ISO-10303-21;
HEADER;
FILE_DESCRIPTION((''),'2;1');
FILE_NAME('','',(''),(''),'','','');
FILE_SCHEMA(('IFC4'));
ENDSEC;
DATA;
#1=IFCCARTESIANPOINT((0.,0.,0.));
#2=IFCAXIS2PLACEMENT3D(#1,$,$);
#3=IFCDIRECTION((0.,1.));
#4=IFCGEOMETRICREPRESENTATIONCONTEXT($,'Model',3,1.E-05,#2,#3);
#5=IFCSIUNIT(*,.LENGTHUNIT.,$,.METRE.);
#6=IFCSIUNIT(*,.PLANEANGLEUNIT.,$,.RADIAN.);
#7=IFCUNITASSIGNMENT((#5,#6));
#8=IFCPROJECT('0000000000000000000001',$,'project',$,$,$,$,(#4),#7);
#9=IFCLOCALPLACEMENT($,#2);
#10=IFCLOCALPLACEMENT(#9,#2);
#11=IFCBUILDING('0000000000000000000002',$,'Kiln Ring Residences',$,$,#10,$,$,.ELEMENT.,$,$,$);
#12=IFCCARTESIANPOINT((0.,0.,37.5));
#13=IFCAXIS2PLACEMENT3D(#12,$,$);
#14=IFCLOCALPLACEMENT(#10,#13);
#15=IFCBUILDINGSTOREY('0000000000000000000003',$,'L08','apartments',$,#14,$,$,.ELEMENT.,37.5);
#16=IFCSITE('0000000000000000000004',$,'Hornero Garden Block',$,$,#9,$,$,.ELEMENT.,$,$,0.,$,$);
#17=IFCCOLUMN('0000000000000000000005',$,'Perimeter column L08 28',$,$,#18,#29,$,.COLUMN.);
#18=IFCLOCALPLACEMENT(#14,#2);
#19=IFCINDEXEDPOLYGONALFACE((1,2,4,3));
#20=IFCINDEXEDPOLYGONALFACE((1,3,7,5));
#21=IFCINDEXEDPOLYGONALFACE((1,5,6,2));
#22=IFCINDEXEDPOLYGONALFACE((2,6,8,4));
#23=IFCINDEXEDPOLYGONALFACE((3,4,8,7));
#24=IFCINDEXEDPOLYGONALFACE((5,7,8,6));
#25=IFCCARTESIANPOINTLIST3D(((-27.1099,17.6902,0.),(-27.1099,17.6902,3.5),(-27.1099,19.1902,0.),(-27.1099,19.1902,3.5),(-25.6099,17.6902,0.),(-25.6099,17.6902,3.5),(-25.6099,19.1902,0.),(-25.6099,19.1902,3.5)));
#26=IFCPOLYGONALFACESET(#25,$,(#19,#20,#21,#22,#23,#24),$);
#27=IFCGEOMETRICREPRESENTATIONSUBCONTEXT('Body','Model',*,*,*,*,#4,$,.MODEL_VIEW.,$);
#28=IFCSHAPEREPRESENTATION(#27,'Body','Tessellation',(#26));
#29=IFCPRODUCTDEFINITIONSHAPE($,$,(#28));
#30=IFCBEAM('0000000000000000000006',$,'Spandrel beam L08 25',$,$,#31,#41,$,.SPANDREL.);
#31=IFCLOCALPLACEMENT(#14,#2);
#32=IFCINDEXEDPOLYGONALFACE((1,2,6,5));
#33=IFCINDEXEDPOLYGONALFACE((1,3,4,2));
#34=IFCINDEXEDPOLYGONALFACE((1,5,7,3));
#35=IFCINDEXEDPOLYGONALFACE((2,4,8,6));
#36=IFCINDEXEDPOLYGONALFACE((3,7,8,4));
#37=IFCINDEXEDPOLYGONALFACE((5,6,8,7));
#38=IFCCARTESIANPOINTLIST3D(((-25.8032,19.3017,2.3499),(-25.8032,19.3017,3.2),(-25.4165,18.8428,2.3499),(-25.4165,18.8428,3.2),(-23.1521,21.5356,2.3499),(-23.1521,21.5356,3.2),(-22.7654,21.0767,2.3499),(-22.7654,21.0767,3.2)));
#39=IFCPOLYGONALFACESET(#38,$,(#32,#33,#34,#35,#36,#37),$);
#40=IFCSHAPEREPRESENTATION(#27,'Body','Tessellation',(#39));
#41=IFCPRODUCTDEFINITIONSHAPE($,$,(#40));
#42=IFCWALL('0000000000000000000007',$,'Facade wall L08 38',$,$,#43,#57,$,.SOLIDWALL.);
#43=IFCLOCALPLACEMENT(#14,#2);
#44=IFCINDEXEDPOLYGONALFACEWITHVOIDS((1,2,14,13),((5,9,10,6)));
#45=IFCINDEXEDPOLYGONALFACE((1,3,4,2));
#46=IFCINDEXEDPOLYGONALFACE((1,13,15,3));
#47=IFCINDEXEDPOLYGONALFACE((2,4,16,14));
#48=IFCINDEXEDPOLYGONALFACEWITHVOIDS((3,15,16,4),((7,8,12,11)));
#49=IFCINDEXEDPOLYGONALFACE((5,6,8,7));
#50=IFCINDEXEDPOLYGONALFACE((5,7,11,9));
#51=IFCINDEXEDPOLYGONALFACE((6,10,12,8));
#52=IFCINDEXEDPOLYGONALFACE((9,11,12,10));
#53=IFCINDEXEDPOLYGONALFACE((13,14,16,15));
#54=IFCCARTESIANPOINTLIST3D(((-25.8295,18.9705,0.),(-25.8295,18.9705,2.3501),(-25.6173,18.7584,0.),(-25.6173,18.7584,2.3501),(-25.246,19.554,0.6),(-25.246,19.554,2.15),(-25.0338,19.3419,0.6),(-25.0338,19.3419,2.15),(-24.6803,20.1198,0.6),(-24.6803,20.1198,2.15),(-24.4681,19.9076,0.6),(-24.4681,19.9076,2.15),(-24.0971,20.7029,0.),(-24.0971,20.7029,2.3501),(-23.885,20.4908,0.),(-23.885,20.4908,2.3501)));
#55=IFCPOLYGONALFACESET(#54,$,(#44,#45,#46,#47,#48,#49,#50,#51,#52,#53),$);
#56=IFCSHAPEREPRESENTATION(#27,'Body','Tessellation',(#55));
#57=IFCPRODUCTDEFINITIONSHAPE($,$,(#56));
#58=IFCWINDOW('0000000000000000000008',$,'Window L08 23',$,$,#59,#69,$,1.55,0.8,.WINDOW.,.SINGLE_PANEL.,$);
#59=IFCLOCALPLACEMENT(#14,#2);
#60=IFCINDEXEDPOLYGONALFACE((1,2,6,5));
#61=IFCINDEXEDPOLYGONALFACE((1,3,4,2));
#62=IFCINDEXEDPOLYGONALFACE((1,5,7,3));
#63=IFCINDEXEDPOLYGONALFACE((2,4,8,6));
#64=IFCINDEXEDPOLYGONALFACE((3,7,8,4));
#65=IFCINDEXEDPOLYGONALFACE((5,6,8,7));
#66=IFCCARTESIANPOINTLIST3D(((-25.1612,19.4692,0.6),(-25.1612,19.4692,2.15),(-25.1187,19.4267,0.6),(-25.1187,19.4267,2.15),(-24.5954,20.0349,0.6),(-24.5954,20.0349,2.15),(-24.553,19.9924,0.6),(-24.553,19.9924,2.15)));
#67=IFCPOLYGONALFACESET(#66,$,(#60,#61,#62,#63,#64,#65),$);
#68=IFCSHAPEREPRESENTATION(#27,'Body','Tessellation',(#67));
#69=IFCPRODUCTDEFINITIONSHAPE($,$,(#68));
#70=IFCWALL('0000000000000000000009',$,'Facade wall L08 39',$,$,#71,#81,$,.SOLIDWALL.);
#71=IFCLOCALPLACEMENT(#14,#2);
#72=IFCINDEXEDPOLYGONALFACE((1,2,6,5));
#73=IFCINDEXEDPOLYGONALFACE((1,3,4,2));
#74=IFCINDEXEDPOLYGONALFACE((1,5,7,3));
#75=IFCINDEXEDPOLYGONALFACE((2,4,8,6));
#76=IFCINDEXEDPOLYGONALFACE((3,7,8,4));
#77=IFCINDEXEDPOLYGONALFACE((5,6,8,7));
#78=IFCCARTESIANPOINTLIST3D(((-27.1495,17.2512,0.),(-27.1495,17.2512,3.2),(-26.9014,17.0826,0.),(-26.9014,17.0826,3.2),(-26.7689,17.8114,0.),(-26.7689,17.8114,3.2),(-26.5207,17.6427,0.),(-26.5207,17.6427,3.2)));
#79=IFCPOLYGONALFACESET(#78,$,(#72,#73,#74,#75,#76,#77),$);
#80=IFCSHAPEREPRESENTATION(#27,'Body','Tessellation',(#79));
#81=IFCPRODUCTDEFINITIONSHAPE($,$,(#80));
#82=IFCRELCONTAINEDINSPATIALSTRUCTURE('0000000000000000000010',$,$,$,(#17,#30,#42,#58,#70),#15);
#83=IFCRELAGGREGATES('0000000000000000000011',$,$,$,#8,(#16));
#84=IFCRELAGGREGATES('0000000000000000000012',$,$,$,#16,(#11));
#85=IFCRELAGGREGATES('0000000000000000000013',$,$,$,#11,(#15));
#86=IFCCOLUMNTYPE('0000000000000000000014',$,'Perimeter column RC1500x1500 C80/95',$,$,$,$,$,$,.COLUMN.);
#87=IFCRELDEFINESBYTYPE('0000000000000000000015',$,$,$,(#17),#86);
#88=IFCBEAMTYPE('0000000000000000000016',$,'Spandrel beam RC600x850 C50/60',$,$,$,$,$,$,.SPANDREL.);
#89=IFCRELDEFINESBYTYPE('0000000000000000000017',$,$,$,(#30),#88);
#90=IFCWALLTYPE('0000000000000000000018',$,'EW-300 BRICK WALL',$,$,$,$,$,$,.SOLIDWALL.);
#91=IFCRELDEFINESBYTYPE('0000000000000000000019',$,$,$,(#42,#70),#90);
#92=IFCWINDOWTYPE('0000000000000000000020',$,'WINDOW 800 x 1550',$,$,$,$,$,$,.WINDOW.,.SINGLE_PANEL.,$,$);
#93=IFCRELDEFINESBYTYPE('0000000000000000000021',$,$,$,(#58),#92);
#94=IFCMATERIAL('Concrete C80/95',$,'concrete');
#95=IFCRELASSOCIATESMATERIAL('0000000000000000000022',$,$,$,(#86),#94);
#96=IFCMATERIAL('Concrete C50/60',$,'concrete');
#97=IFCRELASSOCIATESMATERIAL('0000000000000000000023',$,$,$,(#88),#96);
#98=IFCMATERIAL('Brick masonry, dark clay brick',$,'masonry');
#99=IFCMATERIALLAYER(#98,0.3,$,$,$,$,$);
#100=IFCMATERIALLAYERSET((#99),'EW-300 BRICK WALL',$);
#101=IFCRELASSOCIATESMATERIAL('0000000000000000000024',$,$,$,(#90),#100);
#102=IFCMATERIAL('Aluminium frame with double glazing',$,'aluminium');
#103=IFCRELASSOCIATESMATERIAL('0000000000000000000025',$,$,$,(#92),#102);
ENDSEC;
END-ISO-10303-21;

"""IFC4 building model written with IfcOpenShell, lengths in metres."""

from ifc_helpers import new_model, si_unit, direction, frame, frame_2d, origin, origin_2d, place, context, subcontext, project, spatial, rectangle, extrude, material, layer, layer_set, material_profile, profile_set, type_object, element, fill, save


model = new_model("IFC4")

# Units and contexts
model_context = context("Model", 3, precision=1e-05, world=origin(), true_north=direction((0.0, 1.0)))
body_context = subcontext(model_context, "Body", "Model", "MODEL_VIEW")
ifc_project = project(units=[si_unit("LENGTHUNIT", "METRE"), si_unit("PLANEANGLEUNIT", "RADIAN")], contexts=[model_context])

# Site, building, storey
site_placement = place(None, origin())
site = spatial("IfcSite", under=ifc_project, at=site_placement, Name="Hornero Garden Block", CompositionType="ELEMENT", RefElevation=0.0)
building_placement = place(site_placement, origin())
building = spatial("IfcBuilding", under=site, at=building_placement, Name="Kiln Ring Residences", CompositionType="ELEMENT")
storey_placement = place(building_placement, frame((0.0, 0.0, 37.5)))
storey = spatial("IfcBuildingStorey", under=building, at=storey_placement, Name="L08", Description="apartments", CompositionType="ELEMENT", Elevation=37.5)

# Column
ifc_material_1 = material(Name="Concrete C80/95", Category="concrete")
ifc_material_profile_1 = material_profile(ifc_material_1, rectangle(XDim=1.5, YDim=1.5, at=origin_2d()), Name="RC1500x1500")
ifc_profile_set_1 = profile_set([ifc_material_profile_1], Name="Concrete C80/95")
column_type = type_object("IfcColumnType", Name="Perimeter column RC1500x1500 C80/95", PredefinedType="COLUMN", material=ifc_profile_set_1)
column_placement = place(storey_placement, frame((-26.3599, 18.4402, 0.0), z_axis=(0.0, 0.0, 1.0), x_axis=(1.0, 0.0, 0.0)))
element("IfcColumn", 1, at=column_placement, inside=storey, type_object=column_type, Name="Perimeter column L08 28", PredefinedType="COLUMN", context=body_context, shape_type="SweptSolid", body=[
    extrude(rectangle(XDim=1.5, YDim=1.5, at=origin_2d()), origin(), (0.0, 0.0, 1.0), 3.5),
])

# Beam
ifc_material_2 = material(Name="Concrete C50/60", Category="concrete")
ifc_material_profile_2 = material_profile(ifc_material_2, rectangle(XDim=0.6001, YDim=0.8501, at=origin_2d()), Name="RC600x850")
ifc_profile_set_2 = profile_set([ifc_material_profile_2], Name="Concrete C50/60")
beam_type = type_object("IfcBeamType", Name="Spandrel beam RC600x850 C50/60", PredefinedType="SPANDREL", material=ifc_profile_set_2)
beam_placement = place(storey_placement, frame((-22.9587, 21.3062, 2.7749), z_axis=(-0.764718, -0.644366, 0.0), x_axis=(0.644366, -0.764718, 0.0)))
element("IfcBeam", 2, at=beam_placement, inside=storey, type_object=beam_type, Name="Spandrel beam L08 25", PredefinedType="SPANDREL", context=body_context, shape_type="SweptSolid", body=[
    extrude(rectangle(XDim=0.6001, YDim=0.8501, at=origin_2d()), origin(), (0.0, 0.0, 1.0), 3.4668),
])

# Wall, opening, window
ifc_material_3 = material(Name="Brick masonry, dark clay brick", Category="masonry")
ifc_layer_1 = layer(ifc_material_3, 0.3)
ifc_layer_set_1 = layer_set([ifc_layer_1], Name="EW-300 BRICK WALL")
wall_type_1 = type_object("IfcWallType", Name="EW-300 BRICK WALL", PredefinedType="SOLIDWALL", material=ifc_layer_set_1)
wall_1_placement = place(storey_placement, frame((-23.991, 20.5969, 0.0), z_axis=(0.0, 0.0, 1.0), x_axis=(-0.707107, -0.707107, 0.0)))
wall_1 = element("IfcWall", 3, at=wall_1_placement, inside=storey, type_object=wall_type_1, Name="Facade wall L08 38", PredefinedType="SOLIDWALL", context=body_context, shape_type="SweptSolid", body=[
    extrude(rectangle(XDim=2.45, YDim=0.3, at=frame_2d((1.2251, 0.0))), origin(), (0.0, 0.0, 1.0), 2.3501),
])
opening_1_placement = place(wall_1_placement, frame((0.825, 0.0, 0.6001)))
opening_1 = element("IfcOpeningElement", 4, at=opening_1_placement, cuts=wall_1, PredefinedType="OPENING", context=body_context, shape_type="SweptSolid", body=[
    extrude(rectangle(XDim=0.8, YDim=1.55, at=frame_2d((0.3999, 0.7749))), frame((0.0, 0.1599, 0.0), z_axis=(0.0, -1.0, 0.0), x_axis=(1.0, 0.0, 0.0)), (0.0, 0.0, 1.0), 0.3201),
])
ifc_material_4 = material(Name="Aluminium frame with double glazing", Category="aluminium")
window_type = type_object("IfcWindowType", Name="WINDOW 800 x 1550", PartitioningType="SINGLE_PANEL", PredefinedType="WINDOW", material=ifc_material_4)
window_placement = place(opening_1_placement, origin())
window = element("IfcWindow", 5, at=window_placement, inside=storey, type_object=window_type, Name="Window L08 23", OverallHeight=1.55, OverallWidth=0.8, PartitioningType="SINGLE_PANEL", PredefinedType="WINDOW", context=body_context, shape_type="SweptSolid", body=[
    extrude(rectangle(XDim=0.8, YDim=1.55, at=frame_2d((0.3999, 0.7749))), frame((0.0, 0.03, 0.0), z_axis=(0.0, -1.0, 0.0), x_axis=(1.0, 0.0, 0.0)), (0.0, 0.0, 1.0), 0.0601),
])
fill(opening_1, window)

# Wall
wall_2_placement = place(storey_placement, frame((-26.6448, 17.7271, 0.0), z_axis=(0.0, 0.0, 1.0), x_axis=(-0.562083, -0.827081, 0.0)))
element("IfcWall", 6, at=wall_2_placement, inside=storey, type_object=wall_type_1, Name="Facade wall L08 39", PredefinedType="SOLIDWALL", context=body_context, shape_type="SweptSolid", body=[
    extrude(rectangle(XDim=0.6772, YDim=0.3, at=frame_2d((0.3386, 0.0))), origin(), (0.0, 0.0, 1.0), 3.2),
])

save(model, "model.ifc")
